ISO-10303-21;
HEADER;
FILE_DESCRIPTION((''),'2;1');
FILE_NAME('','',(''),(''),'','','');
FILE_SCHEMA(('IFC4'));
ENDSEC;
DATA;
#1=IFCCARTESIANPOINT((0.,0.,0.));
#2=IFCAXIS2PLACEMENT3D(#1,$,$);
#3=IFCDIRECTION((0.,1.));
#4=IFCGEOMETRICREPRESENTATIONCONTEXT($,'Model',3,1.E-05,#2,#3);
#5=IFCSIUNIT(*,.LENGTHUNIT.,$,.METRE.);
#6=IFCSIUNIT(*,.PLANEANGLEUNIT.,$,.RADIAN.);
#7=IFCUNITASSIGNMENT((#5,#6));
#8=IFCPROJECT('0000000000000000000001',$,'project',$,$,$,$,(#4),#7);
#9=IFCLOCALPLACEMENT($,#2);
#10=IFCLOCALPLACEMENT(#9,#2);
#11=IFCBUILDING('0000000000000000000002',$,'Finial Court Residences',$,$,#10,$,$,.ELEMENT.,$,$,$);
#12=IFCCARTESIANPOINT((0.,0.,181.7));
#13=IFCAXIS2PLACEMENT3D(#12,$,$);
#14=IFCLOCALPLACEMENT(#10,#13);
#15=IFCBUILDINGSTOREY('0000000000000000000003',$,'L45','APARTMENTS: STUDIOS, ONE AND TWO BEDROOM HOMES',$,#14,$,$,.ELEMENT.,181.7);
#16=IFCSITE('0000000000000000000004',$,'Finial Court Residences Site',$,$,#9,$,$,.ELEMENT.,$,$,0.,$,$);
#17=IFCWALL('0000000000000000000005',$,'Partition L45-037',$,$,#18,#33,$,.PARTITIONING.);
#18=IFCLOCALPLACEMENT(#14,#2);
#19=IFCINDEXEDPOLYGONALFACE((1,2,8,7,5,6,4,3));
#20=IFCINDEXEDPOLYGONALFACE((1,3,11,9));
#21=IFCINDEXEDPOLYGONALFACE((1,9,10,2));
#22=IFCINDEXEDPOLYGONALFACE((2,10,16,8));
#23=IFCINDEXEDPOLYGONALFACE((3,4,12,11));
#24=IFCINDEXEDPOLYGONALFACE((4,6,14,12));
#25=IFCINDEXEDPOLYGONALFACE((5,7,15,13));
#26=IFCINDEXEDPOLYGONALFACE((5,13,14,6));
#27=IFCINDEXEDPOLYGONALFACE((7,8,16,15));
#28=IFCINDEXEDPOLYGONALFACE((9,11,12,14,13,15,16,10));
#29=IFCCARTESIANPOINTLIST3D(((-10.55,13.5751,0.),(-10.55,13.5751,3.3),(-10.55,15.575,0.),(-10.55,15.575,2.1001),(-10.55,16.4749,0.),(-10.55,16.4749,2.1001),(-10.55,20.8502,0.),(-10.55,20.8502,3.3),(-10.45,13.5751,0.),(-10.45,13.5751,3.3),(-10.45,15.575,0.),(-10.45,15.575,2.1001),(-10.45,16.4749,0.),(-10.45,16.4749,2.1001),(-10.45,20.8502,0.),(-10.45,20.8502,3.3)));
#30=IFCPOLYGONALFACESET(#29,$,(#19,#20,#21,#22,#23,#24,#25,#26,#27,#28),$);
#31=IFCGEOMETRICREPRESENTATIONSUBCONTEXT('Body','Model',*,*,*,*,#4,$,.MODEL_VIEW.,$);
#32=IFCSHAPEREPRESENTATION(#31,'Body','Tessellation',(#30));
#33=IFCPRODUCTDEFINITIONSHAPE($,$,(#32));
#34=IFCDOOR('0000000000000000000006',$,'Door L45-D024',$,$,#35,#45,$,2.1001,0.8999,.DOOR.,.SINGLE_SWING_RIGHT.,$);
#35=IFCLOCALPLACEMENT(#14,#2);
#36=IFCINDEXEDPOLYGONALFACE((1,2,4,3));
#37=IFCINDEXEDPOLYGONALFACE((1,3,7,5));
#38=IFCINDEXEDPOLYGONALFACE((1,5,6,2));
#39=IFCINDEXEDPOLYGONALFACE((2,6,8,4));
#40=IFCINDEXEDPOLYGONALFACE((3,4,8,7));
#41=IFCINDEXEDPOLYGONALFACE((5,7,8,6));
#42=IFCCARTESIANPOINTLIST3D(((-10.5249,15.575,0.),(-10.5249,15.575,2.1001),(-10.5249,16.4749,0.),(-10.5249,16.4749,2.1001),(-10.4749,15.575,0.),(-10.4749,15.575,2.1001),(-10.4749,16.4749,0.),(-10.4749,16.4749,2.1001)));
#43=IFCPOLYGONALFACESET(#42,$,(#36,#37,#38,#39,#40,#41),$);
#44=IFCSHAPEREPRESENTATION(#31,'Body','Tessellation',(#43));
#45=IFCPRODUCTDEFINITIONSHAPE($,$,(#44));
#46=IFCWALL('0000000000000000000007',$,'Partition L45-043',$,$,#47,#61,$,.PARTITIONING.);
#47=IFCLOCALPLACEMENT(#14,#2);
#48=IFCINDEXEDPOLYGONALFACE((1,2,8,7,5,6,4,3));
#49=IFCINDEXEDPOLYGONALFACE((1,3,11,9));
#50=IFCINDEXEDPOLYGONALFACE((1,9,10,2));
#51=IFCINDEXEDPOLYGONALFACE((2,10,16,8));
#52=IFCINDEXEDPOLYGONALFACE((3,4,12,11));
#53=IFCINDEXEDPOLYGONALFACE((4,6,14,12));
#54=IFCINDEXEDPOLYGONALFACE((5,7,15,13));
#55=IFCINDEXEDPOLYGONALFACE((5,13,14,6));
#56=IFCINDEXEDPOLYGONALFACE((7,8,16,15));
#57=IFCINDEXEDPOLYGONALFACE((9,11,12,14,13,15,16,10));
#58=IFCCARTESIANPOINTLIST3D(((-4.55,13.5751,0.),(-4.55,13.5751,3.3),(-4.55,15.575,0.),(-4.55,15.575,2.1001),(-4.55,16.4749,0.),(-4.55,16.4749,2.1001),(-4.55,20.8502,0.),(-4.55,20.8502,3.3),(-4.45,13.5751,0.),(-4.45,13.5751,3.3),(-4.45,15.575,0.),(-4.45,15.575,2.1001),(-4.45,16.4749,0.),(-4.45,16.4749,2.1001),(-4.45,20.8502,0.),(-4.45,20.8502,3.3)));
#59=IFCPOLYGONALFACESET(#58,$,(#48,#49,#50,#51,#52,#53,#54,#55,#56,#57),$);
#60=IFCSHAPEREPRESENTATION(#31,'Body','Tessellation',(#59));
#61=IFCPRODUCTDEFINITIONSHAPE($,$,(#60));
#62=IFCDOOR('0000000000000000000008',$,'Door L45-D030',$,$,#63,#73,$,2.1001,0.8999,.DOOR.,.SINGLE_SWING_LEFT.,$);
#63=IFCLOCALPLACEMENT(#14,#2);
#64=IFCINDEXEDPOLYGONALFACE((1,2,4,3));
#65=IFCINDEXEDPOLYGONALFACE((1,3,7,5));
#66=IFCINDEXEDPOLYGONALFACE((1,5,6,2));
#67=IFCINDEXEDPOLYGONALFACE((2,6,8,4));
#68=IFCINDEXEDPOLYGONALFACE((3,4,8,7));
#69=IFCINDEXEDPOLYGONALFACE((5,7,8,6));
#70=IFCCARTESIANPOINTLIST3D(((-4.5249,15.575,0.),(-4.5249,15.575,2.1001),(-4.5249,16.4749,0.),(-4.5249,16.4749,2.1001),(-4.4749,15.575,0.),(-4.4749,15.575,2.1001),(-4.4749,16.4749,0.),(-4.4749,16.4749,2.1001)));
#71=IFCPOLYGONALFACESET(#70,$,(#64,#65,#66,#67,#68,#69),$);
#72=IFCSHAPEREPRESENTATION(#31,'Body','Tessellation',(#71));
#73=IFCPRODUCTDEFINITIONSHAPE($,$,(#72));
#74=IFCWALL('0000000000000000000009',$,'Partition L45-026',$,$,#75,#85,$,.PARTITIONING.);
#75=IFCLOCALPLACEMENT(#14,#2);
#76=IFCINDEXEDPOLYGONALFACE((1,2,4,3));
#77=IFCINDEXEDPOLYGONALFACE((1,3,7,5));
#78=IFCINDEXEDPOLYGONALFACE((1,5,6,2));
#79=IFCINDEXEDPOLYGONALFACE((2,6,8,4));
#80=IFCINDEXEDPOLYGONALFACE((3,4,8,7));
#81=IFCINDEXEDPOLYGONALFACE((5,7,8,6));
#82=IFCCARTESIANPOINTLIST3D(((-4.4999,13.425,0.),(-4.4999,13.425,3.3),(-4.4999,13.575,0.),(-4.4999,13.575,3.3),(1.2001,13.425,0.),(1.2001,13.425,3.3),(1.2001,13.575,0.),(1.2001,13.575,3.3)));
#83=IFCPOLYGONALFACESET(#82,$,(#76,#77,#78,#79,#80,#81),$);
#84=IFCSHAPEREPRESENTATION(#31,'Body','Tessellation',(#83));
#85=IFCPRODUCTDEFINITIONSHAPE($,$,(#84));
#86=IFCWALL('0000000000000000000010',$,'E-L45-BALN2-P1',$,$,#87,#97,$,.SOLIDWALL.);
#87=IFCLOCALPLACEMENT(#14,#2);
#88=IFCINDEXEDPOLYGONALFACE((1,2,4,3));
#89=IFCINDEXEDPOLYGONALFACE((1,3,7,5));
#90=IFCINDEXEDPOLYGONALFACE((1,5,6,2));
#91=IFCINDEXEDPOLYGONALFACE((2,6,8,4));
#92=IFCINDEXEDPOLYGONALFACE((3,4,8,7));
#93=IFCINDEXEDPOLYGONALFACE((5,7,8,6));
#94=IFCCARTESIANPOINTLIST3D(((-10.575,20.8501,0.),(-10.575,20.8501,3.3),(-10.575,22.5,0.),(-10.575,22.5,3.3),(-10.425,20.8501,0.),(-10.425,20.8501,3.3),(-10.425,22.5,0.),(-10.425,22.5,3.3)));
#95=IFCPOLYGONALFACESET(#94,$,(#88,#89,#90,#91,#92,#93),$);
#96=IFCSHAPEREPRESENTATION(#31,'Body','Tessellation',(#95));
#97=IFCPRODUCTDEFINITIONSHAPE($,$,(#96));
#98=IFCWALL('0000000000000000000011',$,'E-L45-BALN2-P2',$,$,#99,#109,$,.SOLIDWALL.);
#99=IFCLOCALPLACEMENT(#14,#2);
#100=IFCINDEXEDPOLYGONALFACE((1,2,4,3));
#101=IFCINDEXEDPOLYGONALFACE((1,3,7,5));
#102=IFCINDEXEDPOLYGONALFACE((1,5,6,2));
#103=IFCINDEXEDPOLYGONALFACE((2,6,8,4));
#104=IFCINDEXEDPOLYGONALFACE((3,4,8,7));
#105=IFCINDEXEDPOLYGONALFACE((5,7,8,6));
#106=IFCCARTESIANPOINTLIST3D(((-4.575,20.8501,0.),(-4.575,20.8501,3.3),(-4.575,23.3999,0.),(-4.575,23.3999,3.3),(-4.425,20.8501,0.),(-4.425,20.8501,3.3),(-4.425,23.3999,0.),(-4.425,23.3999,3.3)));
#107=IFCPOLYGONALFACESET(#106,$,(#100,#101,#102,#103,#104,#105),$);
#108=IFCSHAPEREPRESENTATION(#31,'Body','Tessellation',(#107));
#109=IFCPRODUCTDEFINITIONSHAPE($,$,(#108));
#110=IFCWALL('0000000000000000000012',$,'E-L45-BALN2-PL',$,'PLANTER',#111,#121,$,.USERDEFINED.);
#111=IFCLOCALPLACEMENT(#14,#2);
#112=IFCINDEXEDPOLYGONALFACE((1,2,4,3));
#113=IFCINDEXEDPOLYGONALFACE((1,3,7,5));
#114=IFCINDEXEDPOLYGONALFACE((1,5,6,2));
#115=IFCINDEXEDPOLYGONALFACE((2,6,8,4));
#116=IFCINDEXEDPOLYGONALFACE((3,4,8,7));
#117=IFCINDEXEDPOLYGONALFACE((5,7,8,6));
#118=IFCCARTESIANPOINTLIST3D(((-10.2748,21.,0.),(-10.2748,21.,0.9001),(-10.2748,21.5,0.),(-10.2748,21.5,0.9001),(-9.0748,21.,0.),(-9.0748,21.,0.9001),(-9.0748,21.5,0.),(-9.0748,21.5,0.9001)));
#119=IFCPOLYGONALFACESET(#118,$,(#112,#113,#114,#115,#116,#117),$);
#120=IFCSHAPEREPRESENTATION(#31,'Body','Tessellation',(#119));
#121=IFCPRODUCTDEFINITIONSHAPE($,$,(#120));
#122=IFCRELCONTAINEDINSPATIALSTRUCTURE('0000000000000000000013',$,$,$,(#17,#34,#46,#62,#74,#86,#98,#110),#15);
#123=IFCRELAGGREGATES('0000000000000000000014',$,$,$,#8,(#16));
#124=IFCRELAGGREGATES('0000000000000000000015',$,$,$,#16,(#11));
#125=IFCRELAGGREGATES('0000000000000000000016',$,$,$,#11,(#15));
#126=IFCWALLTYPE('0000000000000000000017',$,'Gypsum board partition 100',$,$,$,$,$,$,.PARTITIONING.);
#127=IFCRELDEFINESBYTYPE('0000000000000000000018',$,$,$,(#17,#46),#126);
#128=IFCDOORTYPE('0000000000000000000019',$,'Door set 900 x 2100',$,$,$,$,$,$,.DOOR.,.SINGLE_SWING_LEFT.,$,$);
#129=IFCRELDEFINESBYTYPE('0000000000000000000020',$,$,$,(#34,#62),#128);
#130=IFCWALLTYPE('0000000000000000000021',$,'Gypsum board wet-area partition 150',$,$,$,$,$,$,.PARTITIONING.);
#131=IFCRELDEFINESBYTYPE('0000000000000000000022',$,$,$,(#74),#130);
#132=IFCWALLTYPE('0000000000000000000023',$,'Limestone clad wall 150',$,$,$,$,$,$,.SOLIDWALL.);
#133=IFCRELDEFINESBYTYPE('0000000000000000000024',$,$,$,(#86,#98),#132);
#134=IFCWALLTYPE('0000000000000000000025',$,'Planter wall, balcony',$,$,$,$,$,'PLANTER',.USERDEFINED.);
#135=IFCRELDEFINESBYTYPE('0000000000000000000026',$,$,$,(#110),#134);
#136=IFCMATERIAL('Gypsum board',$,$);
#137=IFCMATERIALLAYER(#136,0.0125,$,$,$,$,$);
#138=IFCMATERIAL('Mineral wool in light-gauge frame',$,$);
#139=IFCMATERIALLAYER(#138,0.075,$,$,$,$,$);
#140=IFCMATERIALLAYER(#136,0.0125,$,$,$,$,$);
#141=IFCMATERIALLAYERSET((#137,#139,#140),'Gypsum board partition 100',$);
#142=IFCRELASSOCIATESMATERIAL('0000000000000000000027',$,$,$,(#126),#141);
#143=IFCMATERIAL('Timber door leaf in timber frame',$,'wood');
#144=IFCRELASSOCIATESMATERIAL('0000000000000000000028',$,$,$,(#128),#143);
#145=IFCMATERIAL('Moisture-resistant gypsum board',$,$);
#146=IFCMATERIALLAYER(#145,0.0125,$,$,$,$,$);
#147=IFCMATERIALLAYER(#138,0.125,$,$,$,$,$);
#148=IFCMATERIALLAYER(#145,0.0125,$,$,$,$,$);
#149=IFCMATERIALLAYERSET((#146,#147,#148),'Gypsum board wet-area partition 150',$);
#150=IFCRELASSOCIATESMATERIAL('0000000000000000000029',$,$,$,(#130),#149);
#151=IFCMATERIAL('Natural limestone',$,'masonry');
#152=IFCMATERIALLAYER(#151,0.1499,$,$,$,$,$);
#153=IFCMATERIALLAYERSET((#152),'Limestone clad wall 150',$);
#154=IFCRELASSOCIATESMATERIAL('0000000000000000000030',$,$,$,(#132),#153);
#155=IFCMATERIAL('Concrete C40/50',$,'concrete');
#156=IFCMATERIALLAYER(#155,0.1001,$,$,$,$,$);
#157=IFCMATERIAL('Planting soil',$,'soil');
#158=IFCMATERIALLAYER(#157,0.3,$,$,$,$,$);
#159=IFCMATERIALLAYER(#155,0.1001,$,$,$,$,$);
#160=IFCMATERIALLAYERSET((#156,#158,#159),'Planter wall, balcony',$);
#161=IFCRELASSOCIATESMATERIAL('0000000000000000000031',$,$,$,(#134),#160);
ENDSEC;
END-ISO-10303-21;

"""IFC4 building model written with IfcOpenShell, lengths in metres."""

from ifc_helpers import new_model, si_unit, direction, frame, frame_2d, origin, place, context, subcontext, project, spatial, rectangle, extrude, material, layer, layer_set, type_object, element, fill, save


model = new_model("IFC4")

# Units and contexts
model_context = context("Model", 3, precision=1e-05, world=origin(), true_north=direction((0.0, 1.0)))
body_context = subcontext(model_context, "Body", "Model", "MODEL_VIEW")
ifc_project = project(units=[si_unit("LENGTHUNIT", "METRE"), si_unit("PLANEANGLEUNIT", "RADIAN")], contexts=[model_context])

# Site, building, storey
site_placement = place(None, origin())
site = spatial("IfcSite", under=ifc_project, at=site_placement, Name="Finial Court Residences Site", CompositionType="ELEMENT", RefElevation=0.0)
building_placement = place(site_placement, origin())
building = spatial("IfcBuilding", under=site, at=building_placement, Name="Finial Court Residences", CompositionType="ELEMENT")
storey_placement = place(building_placement, frame((0.0, 0.0, 181.7)))
storey = spatial("IfcBuildingStorey", under=building, at=storey_placement, Name="L45", Description="APARTMENTS: STUDIOS, ONE AND TWO BEDROOM HOMES", CompositionType="ELEMENT", Elevation=181.7)

# Walls, openings, doors
ifc_material_1 = material(Name="Gypsum board")
ifc_layer_1 = layer(ifc_material_1, 0.0125)
ifc_material_2 = material(Name="Mineral wool in light-gauge frame")
ifc_layer_2 = layer(ifc_material_2, 0.075)
ifc_layer_3 = layer(ifc_material_1, 0.0125)
ifc_layer_set_1 = layer_set([ifc_layer_1, ifc_layer_2, ifc_layer_3], Name="Gypsum board partition 100")
wall_type_1 = type_object("IfcWallType", Name="Gypsum board partition 100", PredefinedType="PARTITIONING", material=ifc_layer_set_1)
ifc_material_3 = material(Name="Timber door leaf in timber frame", Category="wood")
door_type_1 = type_object("IfcDoorType", Name="Door set 900 x 2100", OperationType="SINGLE_SWING_LEFT", PredefinedType="DOOR", material=ifc_material_3)
wall_1_placement = place(storey_placement, frame((-10.5, 13.575, 0.0), z_axis=(0.0, 0.0, 1.0), x_axis=(0.0, 1.0, 0.0)))
wall_1 = element("IfcWall", 1, at=wall_1_placement, inside=storey, type_object=wall_type_1, Name="Partition L45-037", PredefinedType="PARTITIONING", context=body_context, shape_type="SweptSolid", body=[
    extrude(rectangle(XDim=7.2751, YDim=0.1001, at=frame_2d((3.6377, 0.0))), origin(), (0.0, 0.0, 1.0), 3.3),
])
opening_1_placement = place(wall_1_placement, frame((2.0, 0.0, 0.0)))
opening_1 = element("IfcOpeningElement", 2, at=opening_1_placement, cuts=wall_1, PredefinedType="OPENING", context=body_context, shape_type="SweptSolid", body=[
    extrude(rectangle(XDim=0.8999, YDim=2.1001, at=frame_2d((0.45, 1.05))), frame((0.0, 0.0601, 0.0), z_axis=(0.0, -1.0, 0.0), x_axis=(1.0, 0.0, 0.0)), (0.0, 0.0, 1.0), 0.1201),
])
door_1_placement = place(opening_1_placement, origin())
door_1 = element("IfcDoor", 3, at=door_1_placement, inside=storey, type_object=door_type_1, Name="Door L45-D024", OperationType="SINGLE_SWING_RIGHT", OverallHeight=2.1001, OverallWidth=0.8999, PredefinedType="DOOR", context=body_context, shape_type="SweptSolid", body=[
    extrude(rectangle(XDim=0.8999, YDim=2.1001, at=frame_2d((0.45, 1.05))), frame((0.0, 0.0249, 0.0), z_axis=(0.0, -1.0, 0.0), x_axis=(1.0, 0.0, 0.0)), (0.0, 0.0, 1.0), 0.05),
])
fill(opening_1, door_1)
wall_2_placement = place(storey_placement, frame((-4.5, 13.575, 0.0), z_axis=(0.0, 0.0, 1.0), x_axis=(0.0, 1.0, 0.0)))
wall_2 = element("IfcWall", 4, at=wall_2_placement, inside=storey, type_object=wall_type_1, Name="Partition L45-043", PredefinedType="PARTITIONING", context=body_context, shape_type="SweptSolid", body=[
    extrude(rectangle(XDim=7.2751, YDim=0.1001, at=frame_2d((3.6377, 0.0))), origin(), (0.0, 0.0, 1.0), 3.3),
])
opening_2_placement = place(wall_2_placement, frame((2.0, 0.0, 0.0)))
opening_2 = element("IfcOpeningElement", 5, at=opening_2_placement, cuts=wall_2, PredefinedType="OPENING", context=body_context, shape_type="SweptSolid", body=[
    extrude(rectangle(XDim=0.8999, YDim=2.1001, at=frame_2d((0.45, 1.05))), frame((0.0, 0.0601, 0.0), z_axis=(0.0, -1.0, 0.0), x_axis=(1.0, 0.0, 0.0)), (0.0, 0.0, 1.0), 0.1201),
])
door_2_placement = place(opening_2_placement, origin())
door_2 = element("IfcDoor", 6, at=door_2_placement, inside=storey, type_object=door_type_1, Name="Door L45-D030", OperationType="SINGLE_SWING_LEFT", OverallHeight=2.1001, OverallWidth=0.8999, PredefinedType="DOOR", context=body_context, shape_type="SweptSolid", body=[
    extrude(rectangle(XDim=0.8999, YDim=2.1001, at=frame_2d((0.45, 1.05))), frame((0.0, 0.0249, 0.0), z_axis=(0.0, -1.0, 0.0), x_axis=(1.0, 0.0, 0.0)), (0.0, 0.0, 1.0), 0.05),
])
fill(opening_2, door_2)

# Walls
ifc_material_4 = material(Name="Moisture-resistant gypsum board")
ifc_layer_4 = layer(ifc_material_4, 0.0125)
ifc_layer_5 = layer(ifc_material_2, 0.125)
ifc_layer_6 = layer(ifc_material_4, 0.0125)
ifc_layer_set_2 = layer_set([ifc_layer_4, ifc_layer_5, ifc_layer_6], Name="Gypsum board wet-area partition 150")
wall_type_2 = type_object("IfcWallType", Name="Gypsum board wet-area partition 150", PredefinedType="PARTITIONING", material=ifc_layer_set_2)
wall_3_placement = place(storey_placement, frame((-4.5, 13.5, 0.0), z_axis=(0.0, 0.0, 1.0), x_axis=(1.0, 0.0, 0.0)))
element("IfcWall", 7, at=wall_3_placement, inside=storey, type_object=wall_type_2, Name="Partition L45-026", PredefinedType="PARTITIONING", context=body_context, shape_type="SweptSolid", body=[
    extrude(rectangle(XDim=5.7, YDim=0.1499, at=frame_2d((2.8501, 0.0))), origin(), (0.0, 0.0, 1.0), 3.3),
])
ifc_material_5 = material(Name="Natural limestone", Category="masonry")
ifc_layer_7 = layer(ifc_material_5, 0.1499)
ifc_layer_set_3 = layer_set([ifc_layer_7], Name="Limestone clad wall 150")
wall_type_3 = type_object("IfcWallType", Name="Limestone clad wall 150", PredefinedType="SOLIDWALL", material=ifc_layer_set_3)
wall_4_placement = place(storey_placement, frame((-10.5, 20.8501, 0.0), z_axis=(0.0, 0.0, 1.0), x_axis=(0.0, 1.0, 0.0)))
element("IfcWall", 8, at=wall_4_placement, inside=storey, type_object=wall_type_3, Name="E-L45-BALN2-P1", PredefinedType="SOLIDWALL", context=body_context, shape_type="SweptSolid", body=[
    extrude(rectangle(XDim=1.6499, YDim=0.1499, at=frame_2d((0.825, 0.0))), origin(), (0.0, 0.0, 1.0), 3.3),
])
wall_5_placement = place(storey_placement, frame((-4.5, 20.8501, 0.0), z_axis=(0.0, 0.0, 1.0), x_axis=(0.0, 1.0, 0.0)))
element("IfcWall", 9, at=wall_5_placement, inside=storey, type_object=wall_type_3, Name="E-L45-BALN2-P2", PredefinedType="SOLIDWALL", context=body_context, shape_type="SweptSolid", body=[
    extrude(rectangle(XDim=2.5498, YDim=0.1499, at=frame_2d((1.2749, 0.0))), origin(), (0.0, 0.0, 1.0), 3.3),
])

# Wall
ifc_material_6 = material(Name="Concrete C40/50", Category="concrete")
ifc_layer_8 = layer(ifc_material_6, 0.1001)
ifc_material_7 = material(Name="Planting soil", Category="soil")
ifc_layer_9 = layer(ifc_material_7, 0.3)
ifc_layer_10 = layer(ifc_material_6, 0.1001)
ifc_layer_set_4 = layer_set([ifc_layer_8, ifc_layer_9, ifc_layer_10], Name="Planter wall, balcony")
wall_type_4 = type_object("IfcWallType", Name="Planter wall, balcony", ElementType="PLANTER", PredefinedType="USERDEFINED", material=ifc_layer_set_4)
wall_6_placement = place(storey_placement, frame((-10.2749, 21.25, 0.0), z_axis=(0.0, 0.0, 1.0), x_axis=(1.0, 0.0, 0.0)))
element("IfcWall", 10, at=wall_6_placement, inside=storey, type_object=wall_type_4, Name="E-L45-BALN2-PL", ObjectType="PLANTER", PredefinedType="USERDEFINED", context=body_context, shape_type="SweptSolid", body=[
    extrude(rectangle(XDim=1.2, YDim=0.5, at=frame_2d((0.6001, 0.0))), origin(), (0.0, 0.0, 1.0), 0.9001),
])

save(model, "model.ifc")
